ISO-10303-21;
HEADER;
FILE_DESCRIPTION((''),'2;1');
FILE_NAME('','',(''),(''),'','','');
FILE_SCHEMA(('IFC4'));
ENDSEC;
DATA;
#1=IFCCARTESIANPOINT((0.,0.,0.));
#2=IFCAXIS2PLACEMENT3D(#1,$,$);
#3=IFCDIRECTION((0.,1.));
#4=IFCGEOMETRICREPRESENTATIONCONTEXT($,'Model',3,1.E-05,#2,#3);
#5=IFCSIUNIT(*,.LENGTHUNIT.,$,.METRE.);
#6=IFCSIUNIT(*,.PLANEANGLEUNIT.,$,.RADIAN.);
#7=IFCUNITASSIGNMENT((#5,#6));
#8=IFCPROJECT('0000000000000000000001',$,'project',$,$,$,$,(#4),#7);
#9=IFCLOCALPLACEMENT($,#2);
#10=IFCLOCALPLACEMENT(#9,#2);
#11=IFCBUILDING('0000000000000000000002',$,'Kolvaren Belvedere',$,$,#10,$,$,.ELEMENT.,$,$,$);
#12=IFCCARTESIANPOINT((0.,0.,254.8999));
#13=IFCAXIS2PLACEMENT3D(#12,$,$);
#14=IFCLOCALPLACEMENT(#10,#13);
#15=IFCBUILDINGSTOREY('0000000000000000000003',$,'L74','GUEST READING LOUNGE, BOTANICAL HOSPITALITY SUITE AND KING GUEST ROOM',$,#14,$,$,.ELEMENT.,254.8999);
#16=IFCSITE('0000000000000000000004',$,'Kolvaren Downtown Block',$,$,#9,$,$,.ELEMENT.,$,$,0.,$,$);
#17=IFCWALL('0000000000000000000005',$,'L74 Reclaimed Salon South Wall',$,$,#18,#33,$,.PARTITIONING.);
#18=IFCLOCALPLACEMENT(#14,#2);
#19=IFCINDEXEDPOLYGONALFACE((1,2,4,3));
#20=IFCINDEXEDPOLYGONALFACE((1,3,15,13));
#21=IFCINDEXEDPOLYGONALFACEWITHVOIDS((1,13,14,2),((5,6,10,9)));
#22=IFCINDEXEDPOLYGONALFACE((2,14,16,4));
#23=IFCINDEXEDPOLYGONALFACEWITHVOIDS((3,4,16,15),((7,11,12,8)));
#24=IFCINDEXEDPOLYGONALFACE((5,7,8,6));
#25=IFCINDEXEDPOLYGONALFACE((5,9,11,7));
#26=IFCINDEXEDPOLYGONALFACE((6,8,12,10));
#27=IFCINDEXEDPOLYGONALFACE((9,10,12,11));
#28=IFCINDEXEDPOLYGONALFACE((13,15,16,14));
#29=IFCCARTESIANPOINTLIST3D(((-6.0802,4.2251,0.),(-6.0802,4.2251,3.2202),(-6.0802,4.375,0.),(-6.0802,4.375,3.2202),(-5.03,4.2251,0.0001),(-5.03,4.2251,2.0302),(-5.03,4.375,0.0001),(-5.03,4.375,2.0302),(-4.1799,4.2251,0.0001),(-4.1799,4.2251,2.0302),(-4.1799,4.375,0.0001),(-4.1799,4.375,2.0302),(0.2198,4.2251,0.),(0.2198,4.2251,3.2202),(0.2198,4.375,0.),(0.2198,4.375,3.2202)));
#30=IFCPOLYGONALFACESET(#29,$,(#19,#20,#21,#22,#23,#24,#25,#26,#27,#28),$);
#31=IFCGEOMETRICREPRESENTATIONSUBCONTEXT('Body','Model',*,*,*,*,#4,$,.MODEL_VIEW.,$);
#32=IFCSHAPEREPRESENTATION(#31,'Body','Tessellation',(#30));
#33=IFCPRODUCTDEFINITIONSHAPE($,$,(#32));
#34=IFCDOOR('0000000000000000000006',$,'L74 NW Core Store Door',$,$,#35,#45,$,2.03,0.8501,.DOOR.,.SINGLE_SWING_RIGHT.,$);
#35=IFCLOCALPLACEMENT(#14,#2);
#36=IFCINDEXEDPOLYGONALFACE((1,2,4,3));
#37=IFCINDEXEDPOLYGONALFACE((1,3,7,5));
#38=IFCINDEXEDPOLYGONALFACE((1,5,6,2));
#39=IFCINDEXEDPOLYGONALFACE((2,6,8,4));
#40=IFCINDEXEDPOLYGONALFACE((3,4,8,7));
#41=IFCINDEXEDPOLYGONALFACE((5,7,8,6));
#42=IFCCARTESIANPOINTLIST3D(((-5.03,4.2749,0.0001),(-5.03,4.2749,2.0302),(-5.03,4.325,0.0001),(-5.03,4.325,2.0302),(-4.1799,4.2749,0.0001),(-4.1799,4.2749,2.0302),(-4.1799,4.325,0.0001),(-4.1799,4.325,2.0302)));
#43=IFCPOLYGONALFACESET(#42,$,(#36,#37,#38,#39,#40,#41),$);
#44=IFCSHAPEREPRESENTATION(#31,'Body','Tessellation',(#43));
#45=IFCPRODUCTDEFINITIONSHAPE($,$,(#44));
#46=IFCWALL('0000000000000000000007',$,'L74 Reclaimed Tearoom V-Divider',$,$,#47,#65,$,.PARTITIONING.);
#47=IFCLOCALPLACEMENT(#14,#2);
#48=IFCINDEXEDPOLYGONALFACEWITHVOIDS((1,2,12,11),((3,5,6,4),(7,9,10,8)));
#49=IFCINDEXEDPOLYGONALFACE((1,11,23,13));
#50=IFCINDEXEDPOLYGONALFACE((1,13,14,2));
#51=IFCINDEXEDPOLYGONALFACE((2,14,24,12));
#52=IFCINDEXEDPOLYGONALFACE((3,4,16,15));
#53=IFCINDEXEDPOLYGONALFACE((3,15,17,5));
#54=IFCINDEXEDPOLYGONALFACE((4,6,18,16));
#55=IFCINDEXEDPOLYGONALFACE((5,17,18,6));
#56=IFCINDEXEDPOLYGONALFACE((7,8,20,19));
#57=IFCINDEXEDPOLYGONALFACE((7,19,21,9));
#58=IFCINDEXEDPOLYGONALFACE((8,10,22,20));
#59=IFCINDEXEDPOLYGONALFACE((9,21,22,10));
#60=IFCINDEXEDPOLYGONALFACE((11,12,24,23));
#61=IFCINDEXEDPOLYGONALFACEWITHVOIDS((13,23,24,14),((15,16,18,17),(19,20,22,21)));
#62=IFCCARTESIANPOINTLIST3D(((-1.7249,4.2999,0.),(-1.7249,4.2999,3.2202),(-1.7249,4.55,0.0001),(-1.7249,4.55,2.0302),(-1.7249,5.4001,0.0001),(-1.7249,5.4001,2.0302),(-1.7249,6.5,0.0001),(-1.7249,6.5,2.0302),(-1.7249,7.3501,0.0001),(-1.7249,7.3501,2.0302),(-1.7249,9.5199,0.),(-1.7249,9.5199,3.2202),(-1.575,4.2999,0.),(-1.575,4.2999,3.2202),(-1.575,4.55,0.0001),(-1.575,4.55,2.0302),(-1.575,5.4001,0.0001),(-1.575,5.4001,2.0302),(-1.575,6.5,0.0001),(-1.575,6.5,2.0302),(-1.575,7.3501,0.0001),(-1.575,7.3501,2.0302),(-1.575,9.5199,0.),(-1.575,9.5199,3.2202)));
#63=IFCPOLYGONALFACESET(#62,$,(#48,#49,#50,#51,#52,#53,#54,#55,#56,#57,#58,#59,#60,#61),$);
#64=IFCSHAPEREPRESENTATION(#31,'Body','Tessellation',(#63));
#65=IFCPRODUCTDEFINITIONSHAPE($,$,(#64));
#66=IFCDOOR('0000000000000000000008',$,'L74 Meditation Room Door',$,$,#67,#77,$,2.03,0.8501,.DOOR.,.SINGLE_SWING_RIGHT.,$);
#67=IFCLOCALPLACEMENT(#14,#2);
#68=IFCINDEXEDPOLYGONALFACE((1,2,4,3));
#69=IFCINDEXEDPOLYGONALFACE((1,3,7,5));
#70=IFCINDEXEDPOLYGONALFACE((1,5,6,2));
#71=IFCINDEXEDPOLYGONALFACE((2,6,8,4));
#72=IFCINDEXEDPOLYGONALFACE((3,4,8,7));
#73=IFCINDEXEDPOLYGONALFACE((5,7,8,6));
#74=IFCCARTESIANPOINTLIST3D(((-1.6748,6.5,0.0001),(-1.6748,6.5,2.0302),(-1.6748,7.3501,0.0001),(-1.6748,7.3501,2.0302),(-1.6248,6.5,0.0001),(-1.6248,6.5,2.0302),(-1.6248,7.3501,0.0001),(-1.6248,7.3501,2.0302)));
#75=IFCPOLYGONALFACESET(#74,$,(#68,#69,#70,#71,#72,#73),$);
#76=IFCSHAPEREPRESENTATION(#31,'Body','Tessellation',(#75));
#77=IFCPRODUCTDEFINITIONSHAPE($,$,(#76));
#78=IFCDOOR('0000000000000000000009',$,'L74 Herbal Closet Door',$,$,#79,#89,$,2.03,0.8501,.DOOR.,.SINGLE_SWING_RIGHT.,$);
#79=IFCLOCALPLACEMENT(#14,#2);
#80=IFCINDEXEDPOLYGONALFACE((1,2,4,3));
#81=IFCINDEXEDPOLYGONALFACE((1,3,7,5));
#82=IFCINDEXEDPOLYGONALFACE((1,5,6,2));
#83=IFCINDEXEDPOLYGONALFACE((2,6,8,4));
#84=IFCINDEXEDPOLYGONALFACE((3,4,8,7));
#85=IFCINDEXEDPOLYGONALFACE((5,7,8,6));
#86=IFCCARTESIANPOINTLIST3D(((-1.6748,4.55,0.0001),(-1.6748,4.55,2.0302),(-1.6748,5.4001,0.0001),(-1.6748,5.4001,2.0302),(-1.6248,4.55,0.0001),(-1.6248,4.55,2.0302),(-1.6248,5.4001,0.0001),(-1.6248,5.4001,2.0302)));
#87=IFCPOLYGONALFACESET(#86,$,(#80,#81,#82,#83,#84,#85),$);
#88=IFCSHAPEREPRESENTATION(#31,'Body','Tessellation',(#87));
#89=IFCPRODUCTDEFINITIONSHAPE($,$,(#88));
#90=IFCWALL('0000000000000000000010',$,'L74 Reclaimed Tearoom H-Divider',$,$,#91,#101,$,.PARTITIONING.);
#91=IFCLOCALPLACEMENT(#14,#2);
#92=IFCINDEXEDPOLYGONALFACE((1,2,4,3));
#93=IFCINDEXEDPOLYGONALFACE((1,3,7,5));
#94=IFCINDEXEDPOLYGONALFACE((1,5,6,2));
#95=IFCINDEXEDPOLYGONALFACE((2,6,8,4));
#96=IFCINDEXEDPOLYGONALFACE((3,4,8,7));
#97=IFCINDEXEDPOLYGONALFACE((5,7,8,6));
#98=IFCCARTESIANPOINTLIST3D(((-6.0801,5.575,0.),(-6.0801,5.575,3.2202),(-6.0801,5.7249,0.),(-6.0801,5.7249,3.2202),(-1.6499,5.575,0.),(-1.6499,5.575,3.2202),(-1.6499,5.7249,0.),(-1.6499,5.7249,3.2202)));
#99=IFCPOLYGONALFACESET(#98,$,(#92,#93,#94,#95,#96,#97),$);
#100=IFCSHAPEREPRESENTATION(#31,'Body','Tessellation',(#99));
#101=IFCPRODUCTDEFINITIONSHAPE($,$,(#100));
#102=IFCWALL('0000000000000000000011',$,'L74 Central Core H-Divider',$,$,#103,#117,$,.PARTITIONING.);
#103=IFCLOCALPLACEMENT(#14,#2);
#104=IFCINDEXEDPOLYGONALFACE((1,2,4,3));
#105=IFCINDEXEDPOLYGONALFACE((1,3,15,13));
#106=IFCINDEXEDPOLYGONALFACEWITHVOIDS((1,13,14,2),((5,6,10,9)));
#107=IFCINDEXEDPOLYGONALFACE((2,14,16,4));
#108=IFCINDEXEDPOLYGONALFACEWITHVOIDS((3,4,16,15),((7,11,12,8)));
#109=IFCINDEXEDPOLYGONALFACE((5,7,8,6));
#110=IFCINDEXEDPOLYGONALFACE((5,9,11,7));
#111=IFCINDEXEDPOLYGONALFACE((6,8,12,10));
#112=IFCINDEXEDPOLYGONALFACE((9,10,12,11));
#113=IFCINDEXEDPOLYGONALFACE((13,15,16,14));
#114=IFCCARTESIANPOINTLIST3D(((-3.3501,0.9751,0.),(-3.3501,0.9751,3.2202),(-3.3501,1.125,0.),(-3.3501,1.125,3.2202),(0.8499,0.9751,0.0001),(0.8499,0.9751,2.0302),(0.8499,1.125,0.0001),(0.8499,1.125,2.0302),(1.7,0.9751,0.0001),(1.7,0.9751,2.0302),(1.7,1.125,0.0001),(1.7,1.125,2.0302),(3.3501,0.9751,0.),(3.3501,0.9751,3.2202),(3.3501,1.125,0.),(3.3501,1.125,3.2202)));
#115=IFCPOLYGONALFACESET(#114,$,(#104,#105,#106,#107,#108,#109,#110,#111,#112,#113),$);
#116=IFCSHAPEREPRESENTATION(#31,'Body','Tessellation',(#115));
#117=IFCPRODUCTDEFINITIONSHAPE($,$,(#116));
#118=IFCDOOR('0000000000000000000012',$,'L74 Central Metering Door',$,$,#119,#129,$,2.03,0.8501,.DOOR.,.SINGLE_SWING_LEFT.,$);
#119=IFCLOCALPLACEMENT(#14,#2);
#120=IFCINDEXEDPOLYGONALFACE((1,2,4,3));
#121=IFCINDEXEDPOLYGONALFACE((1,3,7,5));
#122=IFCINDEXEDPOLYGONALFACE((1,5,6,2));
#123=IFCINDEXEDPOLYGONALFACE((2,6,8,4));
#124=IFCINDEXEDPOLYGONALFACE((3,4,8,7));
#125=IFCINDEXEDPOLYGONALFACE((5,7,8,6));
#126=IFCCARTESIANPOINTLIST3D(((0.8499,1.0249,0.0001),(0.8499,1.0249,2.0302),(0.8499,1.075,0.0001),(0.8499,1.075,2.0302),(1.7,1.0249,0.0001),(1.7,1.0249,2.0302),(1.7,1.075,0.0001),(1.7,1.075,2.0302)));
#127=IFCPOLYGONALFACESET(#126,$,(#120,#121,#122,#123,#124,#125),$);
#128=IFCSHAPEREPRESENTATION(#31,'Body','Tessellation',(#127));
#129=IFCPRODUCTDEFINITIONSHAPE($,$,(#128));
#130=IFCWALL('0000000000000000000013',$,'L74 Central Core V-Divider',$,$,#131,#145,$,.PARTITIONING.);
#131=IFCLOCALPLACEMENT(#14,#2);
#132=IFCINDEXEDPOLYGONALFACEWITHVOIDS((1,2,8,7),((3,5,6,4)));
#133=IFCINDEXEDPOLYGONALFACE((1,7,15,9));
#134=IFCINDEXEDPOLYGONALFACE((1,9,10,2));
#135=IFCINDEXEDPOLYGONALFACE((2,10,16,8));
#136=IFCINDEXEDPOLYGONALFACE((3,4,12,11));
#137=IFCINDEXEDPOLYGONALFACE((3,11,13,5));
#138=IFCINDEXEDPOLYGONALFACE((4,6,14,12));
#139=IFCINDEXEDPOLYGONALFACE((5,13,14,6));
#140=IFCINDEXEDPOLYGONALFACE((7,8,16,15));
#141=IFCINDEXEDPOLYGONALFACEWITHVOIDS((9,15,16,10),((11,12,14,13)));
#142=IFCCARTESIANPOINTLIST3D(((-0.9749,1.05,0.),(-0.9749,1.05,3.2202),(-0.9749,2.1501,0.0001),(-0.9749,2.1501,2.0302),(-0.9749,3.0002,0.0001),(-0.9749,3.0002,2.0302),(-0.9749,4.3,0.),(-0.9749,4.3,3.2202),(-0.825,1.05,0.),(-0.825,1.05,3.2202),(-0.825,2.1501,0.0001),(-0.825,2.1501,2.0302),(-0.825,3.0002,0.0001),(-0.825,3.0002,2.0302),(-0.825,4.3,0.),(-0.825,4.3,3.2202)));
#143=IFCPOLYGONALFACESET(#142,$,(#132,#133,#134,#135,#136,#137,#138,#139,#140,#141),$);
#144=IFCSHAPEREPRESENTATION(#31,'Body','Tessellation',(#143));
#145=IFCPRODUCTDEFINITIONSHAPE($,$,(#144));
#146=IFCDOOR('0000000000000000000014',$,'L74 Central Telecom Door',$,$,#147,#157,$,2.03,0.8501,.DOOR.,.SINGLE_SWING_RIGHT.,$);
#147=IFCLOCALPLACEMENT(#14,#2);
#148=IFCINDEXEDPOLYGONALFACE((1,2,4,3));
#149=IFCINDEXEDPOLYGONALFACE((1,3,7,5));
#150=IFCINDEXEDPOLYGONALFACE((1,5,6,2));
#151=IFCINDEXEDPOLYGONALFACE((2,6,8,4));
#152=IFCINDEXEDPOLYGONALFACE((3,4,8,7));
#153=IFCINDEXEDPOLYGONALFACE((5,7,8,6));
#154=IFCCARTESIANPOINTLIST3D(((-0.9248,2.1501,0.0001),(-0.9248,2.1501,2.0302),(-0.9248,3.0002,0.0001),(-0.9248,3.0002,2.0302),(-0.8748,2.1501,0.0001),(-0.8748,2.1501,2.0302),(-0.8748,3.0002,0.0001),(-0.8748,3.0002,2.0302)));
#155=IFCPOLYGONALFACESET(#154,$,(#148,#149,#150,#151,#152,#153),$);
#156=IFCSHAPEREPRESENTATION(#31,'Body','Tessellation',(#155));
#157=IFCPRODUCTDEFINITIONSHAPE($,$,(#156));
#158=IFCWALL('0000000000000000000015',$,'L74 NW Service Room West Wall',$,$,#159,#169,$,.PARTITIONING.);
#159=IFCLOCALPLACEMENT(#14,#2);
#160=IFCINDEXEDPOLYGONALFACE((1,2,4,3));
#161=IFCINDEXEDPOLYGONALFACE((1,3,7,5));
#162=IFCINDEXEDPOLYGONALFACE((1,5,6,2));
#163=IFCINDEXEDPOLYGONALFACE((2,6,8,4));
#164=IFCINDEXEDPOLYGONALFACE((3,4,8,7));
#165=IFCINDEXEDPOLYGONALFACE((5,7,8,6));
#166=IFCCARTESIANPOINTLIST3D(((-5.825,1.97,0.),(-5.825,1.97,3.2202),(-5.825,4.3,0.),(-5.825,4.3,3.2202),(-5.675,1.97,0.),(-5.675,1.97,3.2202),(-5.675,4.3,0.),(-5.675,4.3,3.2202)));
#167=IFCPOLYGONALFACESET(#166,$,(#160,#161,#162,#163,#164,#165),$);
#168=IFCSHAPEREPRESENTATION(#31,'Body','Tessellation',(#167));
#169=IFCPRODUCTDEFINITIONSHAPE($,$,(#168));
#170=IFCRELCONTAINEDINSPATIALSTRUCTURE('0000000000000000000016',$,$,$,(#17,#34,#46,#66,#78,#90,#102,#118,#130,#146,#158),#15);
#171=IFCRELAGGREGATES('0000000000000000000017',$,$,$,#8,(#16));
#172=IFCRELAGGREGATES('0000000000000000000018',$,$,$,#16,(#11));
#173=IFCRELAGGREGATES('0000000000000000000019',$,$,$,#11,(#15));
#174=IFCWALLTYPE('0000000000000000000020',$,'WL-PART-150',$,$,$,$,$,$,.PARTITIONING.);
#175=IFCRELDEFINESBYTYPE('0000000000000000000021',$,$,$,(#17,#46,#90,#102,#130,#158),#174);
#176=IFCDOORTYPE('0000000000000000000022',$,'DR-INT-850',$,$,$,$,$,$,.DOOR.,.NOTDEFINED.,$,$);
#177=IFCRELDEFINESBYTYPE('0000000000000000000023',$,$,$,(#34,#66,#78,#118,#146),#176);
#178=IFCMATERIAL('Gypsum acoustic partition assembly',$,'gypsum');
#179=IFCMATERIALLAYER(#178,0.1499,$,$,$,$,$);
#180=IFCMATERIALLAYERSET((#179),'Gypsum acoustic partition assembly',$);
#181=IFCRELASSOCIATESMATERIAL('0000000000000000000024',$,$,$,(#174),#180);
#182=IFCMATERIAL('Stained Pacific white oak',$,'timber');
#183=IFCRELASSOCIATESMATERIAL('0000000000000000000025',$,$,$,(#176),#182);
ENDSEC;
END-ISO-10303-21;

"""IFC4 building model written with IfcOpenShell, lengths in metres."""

from ifc_helpers import new_model, si_unit, direction, frame, frame_2d, origin, place, context, subcontext, project, spatial, rectangle, extrude, material, layer, layer_set, type_object, element, fill, save


model = new_model("IFC4")

# Units and contexts
model_context = context("Model", 3, precision=1e-05, world=origin(), true_north=direction((0.0, 1.0)))
body_context = subcontext(model_context, "Body", "Model", "MODEL_VIEW")
ifc_project = project(units=[si_unit("LENGTHUNIT", "METRE"), si_unit("PLANEANGLEUNIT", "RADIAN")], contexts=[model_context])

# Site, building, storey
site_placement = place(None, origin())
site = spatial("IfcSite", under=ifc_project, at=site_placement, Name="Kolvaren Downtown Block", CompositionType="ELEMENT", RefElevation=0.0)
building_placement = place(site_placement, origin())
building = spatial("IfcBuilding", under=site, at=building_placement, Name="Kolvaren Belvedere", CompositionType="ELEMENT")
storey_placement = place(building_placement, frame((0.0, 0.0, 254.8999)))
storey = spatial("IfcBuildingStorey", under=building, at=storey_placement, Name="L74", Description="GUEST READING LOUNGE, BOTANICAL HOSPITALITY SUITE AND KING GUEST ROOM", CompositionType="ELEMENT", Elevation=254.8999)

# Wall, opening, door
ifc_material_1 = material(Name="Gypsum acoustic partition assembly", Category="gypsum")
ifc_layer_1 = layer(ifc_material_1, 0.1499)
ifc_layer_set_1 = layer_set([ifc_layer_1], Name="Gypsum acoustic partition assembly")
wall_type_1 = type_object("IfcWallType", Name="WL-PART-150", PredefinedType="PARTITIONING", material=ifc_layer_set_1)
wall_1_placement = place(storey_placement, frame((-6.0801, 4.3, 0.0), z_axis=(0.0, 0.0, 1.0), x_axis=(1.0, 0.0, 0.0)))
wall_1 = element("IfcWall", 1, at=wall_1_placement, inside=storey, type_object=wall_type_1, Name="L74 Reclaimed Salon South Wall", PredefinedType="PARTITIONING", context=body_context, shape_type="SweptSolid", body=[
    extrude(rectangle(XDim=6.3, YDim=0.1499, at=frame_2d((3.1499, 0.0))), origin(), (0.0, 0.0, 1.0), 3.2202),
])
opening_1_placement = place(wall_1_placement, frame((1.05, 0.0, 0.0)))
opening_1 = element("IfcOpeningElement", 2, at=opening_1_placement, cuts=wall_1, PredefinedType="OPENING", context=body_context, shape_type="SweptSolid", body=[
    extrude(rectangle(XDim=0.8501, YDim=2.03, at=frame_2d((0.425, 1.0151))), frame((0.0, 0.085, 0.0), z_axis=(0.0, -1.0, 0.0), x_axis=(1.0, 0.0, 0.0)), (0.0, 0.0, 1.0), 0.1699),
])
ifc_material_2 = material(Name="Stained Pacific white oak", Category="timber")
door_type = type_object("IfcDoorType", Name="DR-INT-850", OperationType="NOTDEFINED", PredefinedType="DOOR", material=ifc_material_2)
door_1_placement = place(opening_1_placement, origin())
door_1 = element("IfcDoor", 3, at=door_1_placement, inside=storey, type_object=door_type, Name="L74 NW Core Store Door", OperationType="SINGLE_SWING_RIGHT", OverallHeight=2.03, OverallWidth=0.8501, PredefinedType="DOOR", context=body_context, shape_type="SweptSolid", body=[
    extrude(rectangle(XDim=0.8501, YDim=2.03, at=frame_2d((0.425, 1.0151))), frame((0.0, 0.0249, 0.0), z_axis=(0.0, -1.0, 0.0), x_axis=(1.0, 0.0, 0.0)), (0.0, 0.0, 1.0), 0.05),
])
fill(opening_1, door_1)

# Wall, openings, doors
wall_2_placement = place(storey_placement, frame((-1.6499, 4.3, 0.0), z_axis=(0.0, 0.0, 1.0), x_axis=(0.0, 1.0, 0.0)))
wall_2 = element("IfcWall", 4, at=wall_2_placement, inside=storey, type_object=wall_type_1, Name="L74 Reclaimed Tearoom V-Divider", PredefinedType="PARTITIONING", context=body_context, shape_type="SweptSolid", body=[
    extrude(rectangle(XDim=5.22, YDim=0.1499, at=frame_2d((2.6099, 0.0))), origin(), (0.0, 0.0, 1.0), 3.2202),
])
opening_2_placement = place(wall_2_placement, frame((2.2, 0.0, 0.0)))
opening_2 = element("IfcOpeningElement", 5, at=opening_2_placement, cuts=wall_2, PredefinedType="OPENING", context=body_context, shape_type="SweptSolid", body=[
    extrude(rectangle(XDim=0.8501, YDim=2.03, at=frame_2d((0.425, 1.0151))), frame((0.0, 0.085, 0.0), z_axis=(0.0, -1.0, 0.0), x_axis=(1.0, 0.0, 0.0)), (0.0, 0.0, 1.0), 0.1699),
])
opening_3_placement = place(wall_2_placement, frame((0.25, 0.0, 0.0)))
opening_3 = element("IfcOpeningElement", 6, at=opening_3_placement, cuts=wall_2, PredefinedType="OPENING", context=body_context, shape_type="SweptSolid", body=[
    extrude(rectangle(XDim=0.8501, YDim=2.03, at=frame_2d((0.425, 1.0151))), frame((0.0, 0.085, 0.0), z_axis=(0.0, -1.0, 0.0), x_axis=(1.0, 0.0, 0.0)), (0.0, 0.0, 1.0), 0.1699),
])
door_2_placement = place(opening_2_placement, origin())
door_2 = element("IfcDoor", 7, at=door_2_placement, inside=storey, type_object=door_type, Name="L74 Meditation Room Door", OperationType="SINGLE_SWING_RIGHT", OverallHeight=2.03, OverallWidth=0.8501, PredefinedType="DOOR", context=body_context, shape_type="SweptSolid", body=[
    extrude(rectangle(XDim=0.8501, YDim=2.03, at=frame_2d((0.425, 1.0151))), frame((0.0, 0.0249, 0.0), z_axis=(0.0, -1.0, 0.0), x_axis=(1.0, 0.0, 0.0)), (0.0, 0.0, 1.0), 0.05),
])
fill(opening_2, door_2)
door_3_placement = place(opening_3_placement, origin())
door_3 = element("IfcDoor", 8, at=door_3_placement, inside=storey, type_object=door_type, Name="L74 Herbal Closet Door", OperationType="SINGLE_SWING_RIGHT", OverallHeight=2.03, OverallWidth=0.8501, PredefinedType="DOOR", context=body_context, shape_type="SweptSolid", body=[
    extrude(rectangle(XDim=0.8501, YDim=2.03, at=frame_2d((0.425, 1.0151))), frame((0.0, 0.0249, 0.0), z_axis=(0.0, -1.0, 0.0), x_axis=(1.0, 0.0, 0.0)), (0.0, 0.0, 1.0), 0.05),
])
fill(opening_3, door_3)

# Wall
wall_3_placement = place(storey_placement, frame((-6.0801, 5.6499, 0.0), z_axis=(0.0, 0.0, 1.0), x_axis=(1.0, 0.0, 0.0)))
element("IfcWall", 9, at=wall_3_placement, inside=storey, type_object=wall_type_1, Name="L74 Reclaimed Tearoom H-Divider", PredefinedType="PARTITIONING", context=body_context, shape_type="SweptSolid", body=[
    extrude(rectangle(XDim=4.4302, YDim=0.1499, at=frame_2d((2.2151, 0.0))), origin(), (0.0, 0.0, 1.0), 3.2202),
])

# Walls, openings, doors
wall_4_placement = place(storey_placement, frame((-3.3501, 1.05, 0.0), z_axis=(0.0, 0.0, 1.0), x_axis=(1.0, 0.0, 0.0)))
wall_4 = element("IfcWall", 10, at=wall_4_placement, inside=storey, type_object=wall_type_1, Name="L74 Central Core H-Divider", PredefinedType="PARTITIONING", context=body_context, shape_type="SweptSolid", body=[
    extrude(rectangle(XDim=6.7002, YDim=0.1499, at=frame_2d((3.3501, 0.0))), origin(), (0.0, 0.0, 1.0), 3.2202),
])
opening_4_placement = place(wall_4_placement, frame((4.2, 0.0, 0.0)))
opening_4 = element("IfcOpeningElement", 11, at=opening_4_placement, cuts=wall_4, PredefinedType="OPENING", context=body_context, shape_type="SweptSolid", body=[
    extrude(rectangle(XDim=0.8501, YDim=2.03, at=frame_2d((0.425, 1.0151))), frame((0.0, 0.085, 0.0), z_axis=(0.0, -1.0, 0.0), x_axis=(1.0, 0.0, 0.0)), (0.0, 0.0, 1.0), 0.1699),
])
door_4_placement = place(opening_4_placement, origin())
door_4 = element("IfcDoor", 12, at=door_4_placement, inside=storey, type_object=door_type, Name="L74 Central Metering Door", OperationType="SINGLE_SWING_LEFT", OverallHeight=2.03, OverallWidth=0.8501, PredefinedType="DOOR", context=body_context, shape_type="SweptSolid", body=[
    extrude(rectangle(XDim=0.8501, YDim=2.03, at=frame_2d((0.425, 1.0151))), frame((0.0, 0.0249, 0.0), z_axis=(0.0, -1.0, 0.0), x_axis=(1.0, 0.0, 0.0)), (0.0, 0.0, 1.0), 0.05),
])
fill(opening_4, door_4)
wall_5_placement = place(storey_placement, frame((-0.8999, 1.05, 0.0), z_axis=(0.0, 0.0, 1.0), x_axis=(0.0, 1.0, 0.0)))
wall_5 = element("IfcWall", 13, at=wall_5_placement, inside=storey, type_object=wall_type_1, Name="L74 Central Core V-Divider", PredefinedType="PARTITIONING", context=body_context, shape_type="SweptSolid", body=[
    extrude(rectangle(XDim=3.25, YDim=0.1499, at=frame_2d((1.625, 0.0))), origin(), (0.0, 0.0, 1.0), 3.2202),
])
opening_5_placement = place(wall_5_placement, frame((1.1001, 0.0, 0.0)))
opening_5 = element("IfcOpeningElement", 14, at=opening_5_placement, cuts=wall_5, PredefinedType="OPENING", context=body_context, shape_type="SweptSolid", body=[
    extrude(rectangle(XDim=0.8501, YDim=2.03, at=frame_2d((0.425, 1.0151))), frame((0.0, 0.085, 0.0), z_axis=(0.0, -1.0, 0.0), x_axis=(1.0, 0.0, 0.0)), (0.0, 0.0, 1.0), 0.1699),
])
door_5_placement = place(opening_5_placement, origin())
door_5 = element("IfcDoor", 15, at=door_5_placement, inside=storey, type_object=door_type, Name="L74 Central Telecom Door", OperationType="SINGLE_SWING_RIGHT", OverallHeight=2.03, OverallWidth=0.8501, PredefinedType="DOOR", context=body_context, shape_type="SweptSolid", body=[
    extrude(rectangle(XDim=0.8501, YDim=2.03, at=frame_2d((0.425, 1.0151))), frame((0.0, 0.0249, 0.0), z_axis=(0.0, -1.0, 0.0), x_axis=(1.0, 0.0, 0.0)), (0.0, 0.0, 1.0), 0.05),
])
fill(opening_5, door_5)

# Wall
wall_6_placement = place(storey_placement, frame((-5.75, 1.97, 0.0), z_axis=(0.0, 0.0, 1.0), x_axis=(0.0, 1.0, 0.0)))
element("IfcWall", 16, at=wall_6_placement, inside=storey, type_object=wall_type_1, Name="L74 NW Service Room West Wall", PredefinedType="PARTITIONING", context=body_context, shape_type="SweptSolid", body=[
    extrude(rectangle(XDim=2.3301, YDim=0.1499, at=frame_2d((1.165, 0.0))), origin(), (0.0, 0.0, 1.0), 3.2202),
])

save(model, "model.ifc")
